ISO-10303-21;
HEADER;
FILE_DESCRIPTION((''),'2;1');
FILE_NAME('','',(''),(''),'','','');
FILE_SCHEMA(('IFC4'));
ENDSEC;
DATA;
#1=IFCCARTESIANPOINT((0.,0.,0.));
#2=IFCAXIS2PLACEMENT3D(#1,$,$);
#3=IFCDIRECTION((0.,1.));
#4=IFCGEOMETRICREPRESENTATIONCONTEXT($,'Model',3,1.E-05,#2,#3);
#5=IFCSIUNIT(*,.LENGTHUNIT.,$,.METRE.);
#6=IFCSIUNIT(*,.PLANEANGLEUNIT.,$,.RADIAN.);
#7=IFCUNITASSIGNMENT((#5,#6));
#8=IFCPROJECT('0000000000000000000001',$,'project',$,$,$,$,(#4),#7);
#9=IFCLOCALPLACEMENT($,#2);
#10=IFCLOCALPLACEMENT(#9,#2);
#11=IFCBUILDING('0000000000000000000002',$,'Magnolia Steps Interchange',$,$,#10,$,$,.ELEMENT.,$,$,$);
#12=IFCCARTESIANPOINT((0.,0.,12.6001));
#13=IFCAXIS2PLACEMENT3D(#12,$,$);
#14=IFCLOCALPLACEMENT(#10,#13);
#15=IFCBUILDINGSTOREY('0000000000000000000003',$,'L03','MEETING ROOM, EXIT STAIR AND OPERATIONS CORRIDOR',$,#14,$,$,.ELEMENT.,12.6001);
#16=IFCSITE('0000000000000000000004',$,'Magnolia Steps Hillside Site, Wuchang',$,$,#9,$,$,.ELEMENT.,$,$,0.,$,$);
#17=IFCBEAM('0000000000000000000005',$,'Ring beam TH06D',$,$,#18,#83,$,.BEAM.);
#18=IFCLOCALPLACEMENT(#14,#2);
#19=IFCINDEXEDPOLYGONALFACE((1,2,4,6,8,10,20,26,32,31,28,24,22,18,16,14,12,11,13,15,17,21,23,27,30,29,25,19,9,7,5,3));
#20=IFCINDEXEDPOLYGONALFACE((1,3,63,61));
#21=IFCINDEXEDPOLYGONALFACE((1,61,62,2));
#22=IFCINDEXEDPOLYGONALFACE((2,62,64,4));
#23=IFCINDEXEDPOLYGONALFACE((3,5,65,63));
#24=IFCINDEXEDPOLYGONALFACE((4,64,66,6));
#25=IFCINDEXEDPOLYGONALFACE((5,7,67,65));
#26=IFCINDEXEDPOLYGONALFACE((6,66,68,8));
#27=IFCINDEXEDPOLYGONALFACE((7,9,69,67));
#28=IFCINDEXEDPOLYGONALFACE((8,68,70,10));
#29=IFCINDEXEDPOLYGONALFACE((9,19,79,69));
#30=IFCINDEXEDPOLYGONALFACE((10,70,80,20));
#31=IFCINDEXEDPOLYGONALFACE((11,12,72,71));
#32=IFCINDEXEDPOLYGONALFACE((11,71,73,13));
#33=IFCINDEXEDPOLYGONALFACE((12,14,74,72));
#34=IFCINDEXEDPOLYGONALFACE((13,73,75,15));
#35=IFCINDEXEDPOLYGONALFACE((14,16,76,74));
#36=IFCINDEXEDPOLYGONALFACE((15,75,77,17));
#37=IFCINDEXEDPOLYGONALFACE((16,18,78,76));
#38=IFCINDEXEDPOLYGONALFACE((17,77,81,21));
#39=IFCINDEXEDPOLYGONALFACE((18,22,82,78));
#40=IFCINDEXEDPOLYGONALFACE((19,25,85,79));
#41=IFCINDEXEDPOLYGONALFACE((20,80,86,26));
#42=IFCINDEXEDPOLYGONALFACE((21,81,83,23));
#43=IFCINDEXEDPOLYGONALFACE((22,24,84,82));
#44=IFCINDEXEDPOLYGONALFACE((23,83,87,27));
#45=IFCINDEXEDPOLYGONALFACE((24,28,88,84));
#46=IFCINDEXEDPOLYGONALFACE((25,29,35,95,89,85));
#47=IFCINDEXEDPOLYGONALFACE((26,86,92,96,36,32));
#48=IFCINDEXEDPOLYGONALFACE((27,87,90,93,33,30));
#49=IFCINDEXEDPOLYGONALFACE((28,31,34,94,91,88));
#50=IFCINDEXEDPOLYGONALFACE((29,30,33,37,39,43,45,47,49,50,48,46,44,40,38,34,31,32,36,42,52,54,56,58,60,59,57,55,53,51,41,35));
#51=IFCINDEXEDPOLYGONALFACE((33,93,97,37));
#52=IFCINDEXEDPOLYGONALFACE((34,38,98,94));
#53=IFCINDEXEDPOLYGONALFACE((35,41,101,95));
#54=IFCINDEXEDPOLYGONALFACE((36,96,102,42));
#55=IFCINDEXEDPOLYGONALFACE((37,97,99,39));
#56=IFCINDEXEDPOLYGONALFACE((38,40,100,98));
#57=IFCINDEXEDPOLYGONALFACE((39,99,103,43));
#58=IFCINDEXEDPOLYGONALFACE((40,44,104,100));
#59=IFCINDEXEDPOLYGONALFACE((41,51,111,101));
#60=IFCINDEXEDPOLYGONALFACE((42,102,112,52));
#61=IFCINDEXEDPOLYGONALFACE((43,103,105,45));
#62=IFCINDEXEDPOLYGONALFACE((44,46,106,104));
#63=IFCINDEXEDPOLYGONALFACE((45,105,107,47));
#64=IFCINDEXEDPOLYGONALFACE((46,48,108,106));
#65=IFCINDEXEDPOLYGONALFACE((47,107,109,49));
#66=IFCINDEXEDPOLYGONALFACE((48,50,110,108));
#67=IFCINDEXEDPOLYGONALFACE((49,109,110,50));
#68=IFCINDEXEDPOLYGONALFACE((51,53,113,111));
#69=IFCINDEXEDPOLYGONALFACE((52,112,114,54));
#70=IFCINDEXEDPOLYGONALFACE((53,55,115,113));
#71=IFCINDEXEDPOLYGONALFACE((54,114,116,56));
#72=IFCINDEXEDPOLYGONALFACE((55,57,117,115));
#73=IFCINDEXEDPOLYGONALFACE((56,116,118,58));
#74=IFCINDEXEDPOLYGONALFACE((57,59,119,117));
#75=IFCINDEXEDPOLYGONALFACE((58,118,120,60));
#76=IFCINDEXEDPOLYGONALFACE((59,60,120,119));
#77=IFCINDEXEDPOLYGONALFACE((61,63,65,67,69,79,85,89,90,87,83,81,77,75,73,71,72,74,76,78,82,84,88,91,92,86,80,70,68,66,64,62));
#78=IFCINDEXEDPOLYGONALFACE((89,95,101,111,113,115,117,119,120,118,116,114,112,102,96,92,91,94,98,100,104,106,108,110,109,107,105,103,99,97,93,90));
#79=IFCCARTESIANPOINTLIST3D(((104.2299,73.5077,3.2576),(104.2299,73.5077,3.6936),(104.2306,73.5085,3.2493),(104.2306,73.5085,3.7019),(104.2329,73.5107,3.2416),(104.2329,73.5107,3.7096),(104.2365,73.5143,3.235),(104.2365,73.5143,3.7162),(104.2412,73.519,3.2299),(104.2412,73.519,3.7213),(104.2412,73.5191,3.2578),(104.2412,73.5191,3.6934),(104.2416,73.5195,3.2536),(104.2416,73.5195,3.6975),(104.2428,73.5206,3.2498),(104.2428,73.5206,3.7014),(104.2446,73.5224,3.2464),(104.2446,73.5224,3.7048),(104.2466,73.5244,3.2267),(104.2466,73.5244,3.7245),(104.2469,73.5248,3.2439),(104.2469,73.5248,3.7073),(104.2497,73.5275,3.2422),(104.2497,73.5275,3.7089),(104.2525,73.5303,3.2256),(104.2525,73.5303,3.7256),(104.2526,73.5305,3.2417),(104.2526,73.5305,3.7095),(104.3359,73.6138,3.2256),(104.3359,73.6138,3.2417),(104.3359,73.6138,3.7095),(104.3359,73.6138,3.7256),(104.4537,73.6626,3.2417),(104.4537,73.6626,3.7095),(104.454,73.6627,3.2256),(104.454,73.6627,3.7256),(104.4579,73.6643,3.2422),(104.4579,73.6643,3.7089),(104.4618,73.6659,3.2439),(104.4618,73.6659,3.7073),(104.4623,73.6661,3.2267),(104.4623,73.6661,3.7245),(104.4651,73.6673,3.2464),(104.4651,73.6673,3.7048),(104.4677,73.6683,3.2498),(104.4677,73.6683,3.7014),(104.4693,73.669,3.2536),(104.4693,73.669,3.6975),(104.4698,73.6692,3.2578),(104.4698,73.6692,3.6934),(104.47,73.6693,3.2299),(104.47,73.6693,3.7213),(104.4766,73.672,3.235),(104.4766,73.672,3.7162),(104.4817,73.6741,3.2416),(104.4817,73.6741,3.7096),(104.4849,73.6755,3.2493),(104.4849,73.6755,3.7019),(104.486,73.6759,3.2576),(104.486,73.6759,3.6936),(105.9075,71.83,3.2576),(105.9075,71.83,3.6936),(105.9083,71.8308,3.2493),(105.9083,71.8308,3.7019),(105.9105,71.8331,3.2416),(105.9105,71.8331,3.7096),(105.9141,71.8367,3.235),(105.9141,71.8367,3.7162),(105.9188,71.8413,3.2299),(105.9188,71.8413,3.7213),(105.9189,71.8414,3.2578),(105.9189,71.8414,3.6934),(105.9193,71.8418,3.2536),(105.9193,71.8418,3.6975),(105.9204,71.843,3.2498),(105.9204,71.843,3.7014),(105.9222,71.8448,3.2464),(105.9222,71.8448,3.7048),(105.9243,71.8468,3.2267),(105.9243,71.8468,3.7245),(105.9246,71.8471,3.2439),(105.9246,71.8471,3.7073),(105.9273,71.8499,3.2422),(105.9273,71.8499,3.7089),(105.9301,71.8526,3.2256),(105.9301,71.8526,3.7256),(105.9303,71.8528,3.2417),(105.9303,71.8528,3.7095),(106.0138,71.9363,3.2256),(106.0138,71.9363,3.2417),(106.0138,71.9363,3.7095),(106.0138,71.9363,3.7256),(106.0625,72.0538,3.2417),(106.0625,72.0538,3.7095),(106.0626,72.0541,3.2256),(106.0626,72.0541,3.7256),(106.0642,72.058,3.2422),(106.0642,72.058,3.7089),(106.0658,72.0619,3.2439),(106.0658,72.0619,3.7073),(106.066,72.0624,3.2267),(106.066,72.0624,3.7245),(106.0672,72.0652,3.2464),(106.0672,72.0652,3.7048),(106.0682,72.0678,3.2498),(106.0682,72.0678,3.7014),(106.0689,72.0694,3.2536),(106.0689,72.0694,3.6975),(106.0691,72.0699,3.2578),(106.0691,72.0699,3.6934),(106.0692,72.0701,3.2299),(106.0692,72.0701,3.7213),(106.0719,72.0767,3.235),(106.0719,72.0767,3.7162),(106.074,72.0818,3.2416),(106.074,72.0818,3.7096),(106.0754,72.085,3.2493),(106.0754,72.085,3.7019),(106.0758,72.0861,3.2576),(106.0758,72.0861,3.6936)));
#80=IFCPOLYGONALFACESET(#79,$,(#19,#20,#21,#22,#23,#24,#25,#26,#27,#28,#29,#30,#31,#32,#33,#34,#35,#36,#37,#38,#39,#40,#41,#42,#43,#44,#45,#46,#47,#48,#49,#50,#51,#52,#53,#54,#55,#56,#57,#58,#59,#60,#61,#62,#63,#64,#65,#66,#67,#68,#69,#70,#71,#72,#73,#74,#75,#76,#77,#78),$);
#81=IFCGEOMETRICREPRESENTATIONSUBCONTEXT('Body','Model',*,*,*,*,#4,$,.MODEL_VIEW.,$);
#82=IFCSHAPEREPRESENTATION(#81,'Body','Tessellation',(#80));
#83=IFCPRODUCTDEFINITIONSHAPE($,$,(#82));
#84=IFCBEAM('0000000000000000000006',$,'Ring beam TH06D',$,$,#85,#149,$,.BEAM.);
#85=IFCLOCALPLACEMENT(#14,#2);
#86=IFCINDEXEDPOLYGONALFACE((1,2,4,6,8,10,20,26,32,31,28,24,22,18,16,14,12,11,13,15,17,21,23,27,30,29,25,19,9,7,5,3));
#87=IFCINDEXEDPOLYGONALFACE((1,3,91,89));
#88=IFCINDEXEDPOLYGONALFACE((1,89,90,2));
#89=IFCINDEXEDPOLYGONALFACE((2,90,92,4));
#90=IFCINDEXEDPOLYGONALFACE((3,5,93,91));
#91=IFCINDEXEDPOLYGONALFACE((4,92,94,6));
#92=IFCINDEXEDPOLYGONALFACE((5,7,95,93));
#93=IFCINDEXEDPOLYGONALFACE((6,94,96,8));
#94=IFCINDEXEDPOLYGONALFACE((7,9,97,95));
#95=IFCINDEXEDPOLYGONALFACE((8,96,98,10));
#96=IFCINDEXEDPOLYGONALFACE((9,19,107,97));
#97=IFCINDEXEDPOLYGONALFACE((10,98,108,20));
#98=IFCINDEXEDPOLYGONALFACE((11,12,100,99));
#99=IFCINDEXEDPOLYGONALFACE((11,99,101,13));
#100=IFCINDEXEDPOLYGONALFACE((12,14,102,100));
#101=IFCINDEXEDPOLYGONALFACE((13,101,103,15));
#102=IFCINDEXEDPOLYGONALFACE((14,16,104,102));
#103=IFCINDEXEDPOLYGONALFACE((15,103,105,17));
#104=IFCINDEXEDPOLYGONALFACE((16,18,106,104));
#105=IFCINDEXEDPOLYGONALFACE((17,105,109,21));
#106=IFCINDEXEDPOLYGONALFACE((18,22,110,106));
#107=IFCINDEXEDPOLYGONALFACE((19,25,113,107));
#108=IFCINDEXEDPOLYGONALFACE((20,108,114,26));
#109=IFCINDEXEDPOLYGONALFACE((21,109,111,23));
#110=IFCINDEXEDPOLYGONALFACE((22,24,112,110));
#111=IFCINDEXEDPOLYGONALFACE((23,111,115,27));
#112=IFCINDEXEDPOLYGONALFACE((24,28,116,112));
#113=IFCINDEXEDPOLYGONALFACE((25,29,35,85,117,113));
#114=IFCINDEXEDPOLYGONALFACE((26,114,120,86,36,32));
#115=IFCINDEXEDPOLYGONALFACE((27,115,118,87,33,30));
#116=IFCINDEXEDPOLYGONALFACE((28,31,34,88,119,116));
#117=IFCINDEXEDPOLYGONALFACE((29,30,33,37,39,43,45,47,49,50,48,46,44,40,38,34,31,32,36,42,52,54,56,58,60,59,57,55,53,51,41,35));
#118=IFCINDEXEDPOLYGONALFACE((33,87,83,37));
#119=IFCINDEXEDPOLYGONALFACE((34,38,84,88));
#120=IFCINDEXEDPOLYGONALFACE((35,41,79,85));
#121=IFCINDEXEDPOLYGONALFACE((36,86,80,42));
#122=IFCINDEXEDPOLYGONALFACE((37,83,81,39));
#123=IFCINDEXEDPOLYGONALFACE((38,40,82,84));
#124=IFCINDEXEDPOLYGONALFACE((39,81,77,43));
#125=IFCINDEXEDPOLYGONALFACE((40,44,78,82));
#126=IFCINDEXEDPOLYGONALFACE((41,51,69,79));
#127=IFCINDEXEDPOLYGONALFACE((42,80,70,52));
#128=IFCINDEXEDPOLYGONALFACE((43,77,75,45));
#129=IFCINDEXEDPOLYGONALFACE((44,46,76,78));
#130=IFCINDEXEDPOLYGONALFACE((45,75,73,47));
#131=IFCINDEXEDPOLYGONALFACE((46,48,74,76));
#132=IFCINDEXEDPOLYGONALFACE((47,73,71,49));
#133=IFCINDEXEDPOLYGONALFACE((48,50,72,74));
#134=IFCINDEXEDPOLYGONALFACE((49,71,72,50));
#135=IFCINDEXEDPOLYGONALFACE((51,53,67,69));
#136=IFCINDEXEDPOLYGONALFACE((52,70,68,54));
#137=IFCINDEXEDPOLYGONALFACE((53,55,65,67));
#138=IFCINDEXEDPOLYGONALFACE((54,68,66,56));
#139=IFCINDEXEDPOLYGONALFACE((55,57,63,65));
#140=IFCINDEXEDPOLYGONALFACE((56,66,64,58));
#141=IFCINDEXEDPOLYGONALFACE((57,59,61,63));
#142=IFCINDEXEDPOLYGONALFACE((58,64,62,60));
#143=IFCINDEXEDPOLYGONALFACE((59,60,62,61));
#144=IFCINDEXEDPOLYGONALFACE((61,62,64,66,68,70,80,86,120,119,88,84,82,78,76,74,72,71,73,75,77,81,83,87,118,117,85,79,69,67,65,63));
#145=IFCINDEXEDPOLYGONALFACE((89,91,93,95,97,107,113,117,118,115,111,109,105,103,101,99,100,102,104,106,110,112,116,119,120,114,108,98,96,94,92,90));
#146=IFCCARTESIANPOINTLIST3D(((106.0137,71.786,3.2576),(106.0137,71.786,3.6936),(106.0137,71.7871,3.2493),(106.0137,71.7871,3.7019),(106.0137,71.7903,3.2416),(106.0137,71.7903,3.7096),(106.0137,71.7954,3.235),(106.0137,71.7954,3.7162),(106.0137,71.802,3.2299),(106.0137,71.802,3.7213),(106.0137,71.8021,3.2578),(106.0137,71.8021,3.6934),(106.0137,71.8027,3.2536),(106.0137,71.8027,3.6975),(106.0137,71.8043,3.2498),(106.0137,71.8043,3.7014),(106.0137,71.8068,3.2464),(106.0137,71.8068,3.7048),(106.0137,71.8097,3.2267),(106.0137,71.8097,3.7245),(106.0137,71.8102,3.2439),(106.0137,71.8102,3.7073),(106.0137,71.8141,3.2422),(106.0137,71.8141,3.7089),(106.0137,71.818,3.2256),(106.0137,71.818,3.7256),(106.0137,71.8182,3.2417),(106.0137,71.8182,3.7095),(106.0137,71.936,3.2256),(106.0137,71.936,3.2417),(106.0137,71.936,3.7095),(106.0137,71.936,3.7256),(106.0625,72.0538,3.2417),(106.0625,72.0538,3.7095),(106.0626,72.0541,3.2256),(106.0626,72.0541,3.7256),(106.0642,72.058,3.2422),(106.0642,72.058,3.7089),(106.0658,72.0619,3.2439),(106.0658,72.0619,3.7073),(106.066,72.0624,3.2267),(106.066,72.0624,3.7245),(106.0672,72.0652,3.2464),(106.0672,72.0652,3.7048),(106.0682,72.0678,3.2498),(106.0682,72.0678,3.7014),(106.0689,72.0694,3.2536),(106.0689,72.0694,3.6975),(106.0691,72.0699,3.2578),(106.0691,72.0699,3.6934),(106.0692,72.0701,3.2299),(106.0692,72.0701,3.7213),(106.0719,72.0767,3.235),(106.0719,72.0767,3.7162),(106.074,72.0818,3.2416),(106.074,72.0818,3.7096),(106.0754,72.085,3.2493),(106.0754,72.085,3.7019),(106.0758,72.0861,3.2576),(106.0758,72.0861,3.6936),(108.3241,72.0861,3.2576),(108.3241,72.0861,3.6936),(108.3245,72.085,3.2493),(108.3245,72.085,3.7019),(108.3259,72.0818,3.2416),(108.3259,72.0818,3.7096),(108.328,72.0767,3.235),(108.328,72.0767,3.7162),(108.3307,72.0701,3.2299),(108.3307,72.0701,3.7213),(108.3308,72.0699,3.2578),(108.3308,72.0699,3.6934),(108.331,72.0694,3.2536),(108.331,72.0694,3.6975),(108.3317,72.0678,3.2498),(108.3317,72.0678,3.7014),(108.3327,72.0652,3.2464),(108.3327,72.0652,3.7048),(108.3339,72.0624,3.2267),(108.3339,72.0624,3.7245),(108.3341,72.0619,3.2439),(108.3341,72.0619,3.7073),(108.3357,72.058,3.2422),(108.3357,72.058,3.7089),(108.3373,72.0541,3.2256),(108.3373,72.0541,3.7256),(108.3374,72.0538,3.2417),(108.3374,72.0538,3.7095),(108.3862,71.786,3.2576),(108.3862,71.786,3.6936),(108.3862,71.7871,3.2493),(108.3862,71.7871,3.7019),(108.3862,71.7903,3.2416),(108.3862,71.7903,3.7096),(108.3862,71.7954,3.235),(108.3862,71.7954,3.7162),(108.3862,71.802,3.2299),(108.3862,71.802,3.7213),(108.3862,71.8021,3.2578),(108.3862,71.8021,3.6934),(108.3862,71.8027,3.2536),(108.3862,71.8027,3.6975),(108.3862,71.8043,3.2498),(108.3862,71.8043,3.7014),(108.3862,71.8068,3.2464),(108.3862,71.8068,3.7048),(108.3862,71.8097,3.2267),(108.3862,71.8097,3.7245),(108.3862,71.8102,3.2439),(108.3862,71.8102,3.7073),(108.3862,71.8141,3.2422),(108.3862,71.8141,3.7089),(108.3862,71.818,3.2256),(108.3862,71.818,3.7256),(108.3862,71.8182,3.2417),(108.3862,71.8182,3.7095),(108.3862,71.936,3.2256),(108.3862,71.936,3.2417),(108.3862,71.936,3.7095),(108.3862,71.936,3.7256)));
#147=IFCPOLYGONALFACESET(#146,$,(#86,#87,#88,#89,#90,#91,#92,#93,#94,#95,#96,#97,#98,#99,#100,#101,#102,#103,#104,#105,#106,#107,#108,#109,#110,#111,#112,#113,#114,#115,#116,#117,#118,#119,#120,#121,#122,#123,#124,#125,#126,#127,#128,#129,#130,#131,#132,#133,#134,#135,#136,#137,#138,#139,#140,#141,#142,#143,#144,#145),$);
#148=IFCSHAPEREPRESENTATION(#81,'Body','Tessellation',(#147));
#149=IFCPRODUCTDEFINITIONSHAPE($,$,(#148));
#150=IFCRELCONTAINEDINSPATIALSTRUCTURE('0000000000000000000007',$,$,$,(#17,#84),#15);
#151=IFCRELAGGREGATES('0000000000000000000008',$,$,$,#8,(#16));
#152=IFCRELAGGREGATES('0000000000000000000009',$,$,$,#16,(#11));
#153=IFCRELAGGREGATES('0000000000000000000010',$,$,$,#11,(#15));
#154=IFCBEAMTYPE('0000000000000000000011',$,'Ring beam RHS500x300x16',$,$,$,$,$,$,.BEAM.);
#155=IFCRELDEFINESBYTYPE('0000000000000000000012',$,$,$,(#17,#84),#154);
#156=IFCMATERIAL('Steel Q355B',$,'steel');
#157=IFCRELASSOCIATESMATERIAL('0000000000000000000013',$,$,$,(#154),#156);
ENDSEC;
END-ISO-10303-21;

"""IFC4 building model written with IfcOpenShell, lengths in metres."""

from ifc_helpers import new_model, si_unit, direction, frame, origin, origin_2d, place, context, subcontext, project, spatial, hollow_rectangle, extrude, clip, halfspace, material, material_profile, profile_set, type_object, element, save


model = new_model("IFC4")

# Units and contexts
model_context = context("Model", 3, precision=1e-05, world=origin(), true_north=direction((0.0, 1.0)))
body_context = subcontext(model_context, "Body", "Model", "MODEL_VIEW")
ifc_project = project(units=[si_unit("LENGTHUNIT", "METRE"), si_unit("PLANEANGLEUNIT", "RADIAN")], contexts=[model_context])

# Site, building, storey
site_placement = place(None, origin())
site = spatial("IfcSite", under=ifc_project, at=site_placement, Name="Magnolia Steps Hillside Site, Wuchang", CompositionType="ELEMENT", RefElevation=0.0)
building_placement = place(site_placement, origin())
building = spatial("IfcBuilding", under=site, at=building_placement, Name="Magnolia Steps Interchange", CompositionType="ELEMENT")
storey_placement = place(building_placement, frame((0.0, 0.0, 12.6001)))
storey = spatial("IfcBuildingStorey", under=building, at=storey_placement, Name="L03", Description="MEETING ROOM, EXIT STAIR AND OPERATIONS CORRIDOR", CompositionType="ELEMENT", Elevation=12.6001)

# Beams
ifc_material_1 = material(Name="Steel Q355B", Category="steel")
ifc_material_profile_1 = material_profile(ifc_material_1, hollow_rectangle(XDim=0.3, YDim=0.5, WallThickness=0.0161, InnerFilletRadius=0.0161, OuterFilletRadius=0.032, at=origin_2d()), Name="RHS500x300x16")
ifc_profile_set_1 = profile_set([ifc_material_profile_1], Name="Steel Q355B")
beam_type_1 = type_object("IfcBeamType", Name="Ring beam RHS500x300x16", PredefinedType="BEAM", material=ifc_profile_set_1)
for number, where, z_axis, x_axis, name in (
    (1, (104.3359, 73.6138, 3.4756), (0.707107, -0.707107, 0.0), (0.707107, 0.707107, 0.0), "Ring beam TH06D"),
):
    element("IfcBeam", number, at=place(storey_placement, frame(where, z_axis=z_axis, x_axis=x_axis)), inside=storey, type_object=beam_type_1, Name=name, PredefinedType="BEAM", context=body_context, shape_type="Clipping", body=[
        clip(clip(extrude(hollow_rectangle(XDim=0.3, YDim=0.5, WallThickness=0.0161, InnerFilletRadius=0.0161, OuterFilletRadius=0.032, at=origin_2d()), origin(), (0.0, 0.0, 1.0), 2.3726), halfspace(frame((0.0, 0.0, 0.0), z_axis=(0.382683, 0.0, -0.92388), x_axis=(0.92388, 0.0, 0.382683)), False)), halfspace(frame((0.0, 0.0, 2.3727), z_axis=(0.382683, 0.0, 0.92388), x_axis=(0.92388, 0.0, -0.382683)), False)),
    ])
beam_1_placement = place(storey_placement, frame((106.0137, 71.936, 3.4756), z_axis=(1.0, 0.0, 0.0), x_axis=(0.0, 1.0, 0.0)))
element("IfcBeam", 2, at=beam_1_placement, inside=storey, type_object=beam_type_1, Name="Ring beam TH06D", PredefinedType="BEAM", context=body_context, shape_type="Clipping", body=[
    clip(clip(extrude(hollow_rectangle(XDim=0.3, YDim=0.5, WallThickness=0.0161, InnerFilletRadius=0.0161, OuterFilletRadius=0.032, at=origin_2d()), origin(), (0.0, 0.0, 1.0), 2.3726), halfspace(frame((0.0, 0.0, 0.0), z_axis=(0.382683, 0.0, -0.92388), x_axis=(0.92388, 0.0, 0.382683)), False)), halfspace(frame((0.0, 0.0, 2.3726), z_axis=(0.382683, 0.0, 0.92388), x_axis=(0.92388, 0.0, -0.382683)), False)),
])

save(model, "model.ifc")
